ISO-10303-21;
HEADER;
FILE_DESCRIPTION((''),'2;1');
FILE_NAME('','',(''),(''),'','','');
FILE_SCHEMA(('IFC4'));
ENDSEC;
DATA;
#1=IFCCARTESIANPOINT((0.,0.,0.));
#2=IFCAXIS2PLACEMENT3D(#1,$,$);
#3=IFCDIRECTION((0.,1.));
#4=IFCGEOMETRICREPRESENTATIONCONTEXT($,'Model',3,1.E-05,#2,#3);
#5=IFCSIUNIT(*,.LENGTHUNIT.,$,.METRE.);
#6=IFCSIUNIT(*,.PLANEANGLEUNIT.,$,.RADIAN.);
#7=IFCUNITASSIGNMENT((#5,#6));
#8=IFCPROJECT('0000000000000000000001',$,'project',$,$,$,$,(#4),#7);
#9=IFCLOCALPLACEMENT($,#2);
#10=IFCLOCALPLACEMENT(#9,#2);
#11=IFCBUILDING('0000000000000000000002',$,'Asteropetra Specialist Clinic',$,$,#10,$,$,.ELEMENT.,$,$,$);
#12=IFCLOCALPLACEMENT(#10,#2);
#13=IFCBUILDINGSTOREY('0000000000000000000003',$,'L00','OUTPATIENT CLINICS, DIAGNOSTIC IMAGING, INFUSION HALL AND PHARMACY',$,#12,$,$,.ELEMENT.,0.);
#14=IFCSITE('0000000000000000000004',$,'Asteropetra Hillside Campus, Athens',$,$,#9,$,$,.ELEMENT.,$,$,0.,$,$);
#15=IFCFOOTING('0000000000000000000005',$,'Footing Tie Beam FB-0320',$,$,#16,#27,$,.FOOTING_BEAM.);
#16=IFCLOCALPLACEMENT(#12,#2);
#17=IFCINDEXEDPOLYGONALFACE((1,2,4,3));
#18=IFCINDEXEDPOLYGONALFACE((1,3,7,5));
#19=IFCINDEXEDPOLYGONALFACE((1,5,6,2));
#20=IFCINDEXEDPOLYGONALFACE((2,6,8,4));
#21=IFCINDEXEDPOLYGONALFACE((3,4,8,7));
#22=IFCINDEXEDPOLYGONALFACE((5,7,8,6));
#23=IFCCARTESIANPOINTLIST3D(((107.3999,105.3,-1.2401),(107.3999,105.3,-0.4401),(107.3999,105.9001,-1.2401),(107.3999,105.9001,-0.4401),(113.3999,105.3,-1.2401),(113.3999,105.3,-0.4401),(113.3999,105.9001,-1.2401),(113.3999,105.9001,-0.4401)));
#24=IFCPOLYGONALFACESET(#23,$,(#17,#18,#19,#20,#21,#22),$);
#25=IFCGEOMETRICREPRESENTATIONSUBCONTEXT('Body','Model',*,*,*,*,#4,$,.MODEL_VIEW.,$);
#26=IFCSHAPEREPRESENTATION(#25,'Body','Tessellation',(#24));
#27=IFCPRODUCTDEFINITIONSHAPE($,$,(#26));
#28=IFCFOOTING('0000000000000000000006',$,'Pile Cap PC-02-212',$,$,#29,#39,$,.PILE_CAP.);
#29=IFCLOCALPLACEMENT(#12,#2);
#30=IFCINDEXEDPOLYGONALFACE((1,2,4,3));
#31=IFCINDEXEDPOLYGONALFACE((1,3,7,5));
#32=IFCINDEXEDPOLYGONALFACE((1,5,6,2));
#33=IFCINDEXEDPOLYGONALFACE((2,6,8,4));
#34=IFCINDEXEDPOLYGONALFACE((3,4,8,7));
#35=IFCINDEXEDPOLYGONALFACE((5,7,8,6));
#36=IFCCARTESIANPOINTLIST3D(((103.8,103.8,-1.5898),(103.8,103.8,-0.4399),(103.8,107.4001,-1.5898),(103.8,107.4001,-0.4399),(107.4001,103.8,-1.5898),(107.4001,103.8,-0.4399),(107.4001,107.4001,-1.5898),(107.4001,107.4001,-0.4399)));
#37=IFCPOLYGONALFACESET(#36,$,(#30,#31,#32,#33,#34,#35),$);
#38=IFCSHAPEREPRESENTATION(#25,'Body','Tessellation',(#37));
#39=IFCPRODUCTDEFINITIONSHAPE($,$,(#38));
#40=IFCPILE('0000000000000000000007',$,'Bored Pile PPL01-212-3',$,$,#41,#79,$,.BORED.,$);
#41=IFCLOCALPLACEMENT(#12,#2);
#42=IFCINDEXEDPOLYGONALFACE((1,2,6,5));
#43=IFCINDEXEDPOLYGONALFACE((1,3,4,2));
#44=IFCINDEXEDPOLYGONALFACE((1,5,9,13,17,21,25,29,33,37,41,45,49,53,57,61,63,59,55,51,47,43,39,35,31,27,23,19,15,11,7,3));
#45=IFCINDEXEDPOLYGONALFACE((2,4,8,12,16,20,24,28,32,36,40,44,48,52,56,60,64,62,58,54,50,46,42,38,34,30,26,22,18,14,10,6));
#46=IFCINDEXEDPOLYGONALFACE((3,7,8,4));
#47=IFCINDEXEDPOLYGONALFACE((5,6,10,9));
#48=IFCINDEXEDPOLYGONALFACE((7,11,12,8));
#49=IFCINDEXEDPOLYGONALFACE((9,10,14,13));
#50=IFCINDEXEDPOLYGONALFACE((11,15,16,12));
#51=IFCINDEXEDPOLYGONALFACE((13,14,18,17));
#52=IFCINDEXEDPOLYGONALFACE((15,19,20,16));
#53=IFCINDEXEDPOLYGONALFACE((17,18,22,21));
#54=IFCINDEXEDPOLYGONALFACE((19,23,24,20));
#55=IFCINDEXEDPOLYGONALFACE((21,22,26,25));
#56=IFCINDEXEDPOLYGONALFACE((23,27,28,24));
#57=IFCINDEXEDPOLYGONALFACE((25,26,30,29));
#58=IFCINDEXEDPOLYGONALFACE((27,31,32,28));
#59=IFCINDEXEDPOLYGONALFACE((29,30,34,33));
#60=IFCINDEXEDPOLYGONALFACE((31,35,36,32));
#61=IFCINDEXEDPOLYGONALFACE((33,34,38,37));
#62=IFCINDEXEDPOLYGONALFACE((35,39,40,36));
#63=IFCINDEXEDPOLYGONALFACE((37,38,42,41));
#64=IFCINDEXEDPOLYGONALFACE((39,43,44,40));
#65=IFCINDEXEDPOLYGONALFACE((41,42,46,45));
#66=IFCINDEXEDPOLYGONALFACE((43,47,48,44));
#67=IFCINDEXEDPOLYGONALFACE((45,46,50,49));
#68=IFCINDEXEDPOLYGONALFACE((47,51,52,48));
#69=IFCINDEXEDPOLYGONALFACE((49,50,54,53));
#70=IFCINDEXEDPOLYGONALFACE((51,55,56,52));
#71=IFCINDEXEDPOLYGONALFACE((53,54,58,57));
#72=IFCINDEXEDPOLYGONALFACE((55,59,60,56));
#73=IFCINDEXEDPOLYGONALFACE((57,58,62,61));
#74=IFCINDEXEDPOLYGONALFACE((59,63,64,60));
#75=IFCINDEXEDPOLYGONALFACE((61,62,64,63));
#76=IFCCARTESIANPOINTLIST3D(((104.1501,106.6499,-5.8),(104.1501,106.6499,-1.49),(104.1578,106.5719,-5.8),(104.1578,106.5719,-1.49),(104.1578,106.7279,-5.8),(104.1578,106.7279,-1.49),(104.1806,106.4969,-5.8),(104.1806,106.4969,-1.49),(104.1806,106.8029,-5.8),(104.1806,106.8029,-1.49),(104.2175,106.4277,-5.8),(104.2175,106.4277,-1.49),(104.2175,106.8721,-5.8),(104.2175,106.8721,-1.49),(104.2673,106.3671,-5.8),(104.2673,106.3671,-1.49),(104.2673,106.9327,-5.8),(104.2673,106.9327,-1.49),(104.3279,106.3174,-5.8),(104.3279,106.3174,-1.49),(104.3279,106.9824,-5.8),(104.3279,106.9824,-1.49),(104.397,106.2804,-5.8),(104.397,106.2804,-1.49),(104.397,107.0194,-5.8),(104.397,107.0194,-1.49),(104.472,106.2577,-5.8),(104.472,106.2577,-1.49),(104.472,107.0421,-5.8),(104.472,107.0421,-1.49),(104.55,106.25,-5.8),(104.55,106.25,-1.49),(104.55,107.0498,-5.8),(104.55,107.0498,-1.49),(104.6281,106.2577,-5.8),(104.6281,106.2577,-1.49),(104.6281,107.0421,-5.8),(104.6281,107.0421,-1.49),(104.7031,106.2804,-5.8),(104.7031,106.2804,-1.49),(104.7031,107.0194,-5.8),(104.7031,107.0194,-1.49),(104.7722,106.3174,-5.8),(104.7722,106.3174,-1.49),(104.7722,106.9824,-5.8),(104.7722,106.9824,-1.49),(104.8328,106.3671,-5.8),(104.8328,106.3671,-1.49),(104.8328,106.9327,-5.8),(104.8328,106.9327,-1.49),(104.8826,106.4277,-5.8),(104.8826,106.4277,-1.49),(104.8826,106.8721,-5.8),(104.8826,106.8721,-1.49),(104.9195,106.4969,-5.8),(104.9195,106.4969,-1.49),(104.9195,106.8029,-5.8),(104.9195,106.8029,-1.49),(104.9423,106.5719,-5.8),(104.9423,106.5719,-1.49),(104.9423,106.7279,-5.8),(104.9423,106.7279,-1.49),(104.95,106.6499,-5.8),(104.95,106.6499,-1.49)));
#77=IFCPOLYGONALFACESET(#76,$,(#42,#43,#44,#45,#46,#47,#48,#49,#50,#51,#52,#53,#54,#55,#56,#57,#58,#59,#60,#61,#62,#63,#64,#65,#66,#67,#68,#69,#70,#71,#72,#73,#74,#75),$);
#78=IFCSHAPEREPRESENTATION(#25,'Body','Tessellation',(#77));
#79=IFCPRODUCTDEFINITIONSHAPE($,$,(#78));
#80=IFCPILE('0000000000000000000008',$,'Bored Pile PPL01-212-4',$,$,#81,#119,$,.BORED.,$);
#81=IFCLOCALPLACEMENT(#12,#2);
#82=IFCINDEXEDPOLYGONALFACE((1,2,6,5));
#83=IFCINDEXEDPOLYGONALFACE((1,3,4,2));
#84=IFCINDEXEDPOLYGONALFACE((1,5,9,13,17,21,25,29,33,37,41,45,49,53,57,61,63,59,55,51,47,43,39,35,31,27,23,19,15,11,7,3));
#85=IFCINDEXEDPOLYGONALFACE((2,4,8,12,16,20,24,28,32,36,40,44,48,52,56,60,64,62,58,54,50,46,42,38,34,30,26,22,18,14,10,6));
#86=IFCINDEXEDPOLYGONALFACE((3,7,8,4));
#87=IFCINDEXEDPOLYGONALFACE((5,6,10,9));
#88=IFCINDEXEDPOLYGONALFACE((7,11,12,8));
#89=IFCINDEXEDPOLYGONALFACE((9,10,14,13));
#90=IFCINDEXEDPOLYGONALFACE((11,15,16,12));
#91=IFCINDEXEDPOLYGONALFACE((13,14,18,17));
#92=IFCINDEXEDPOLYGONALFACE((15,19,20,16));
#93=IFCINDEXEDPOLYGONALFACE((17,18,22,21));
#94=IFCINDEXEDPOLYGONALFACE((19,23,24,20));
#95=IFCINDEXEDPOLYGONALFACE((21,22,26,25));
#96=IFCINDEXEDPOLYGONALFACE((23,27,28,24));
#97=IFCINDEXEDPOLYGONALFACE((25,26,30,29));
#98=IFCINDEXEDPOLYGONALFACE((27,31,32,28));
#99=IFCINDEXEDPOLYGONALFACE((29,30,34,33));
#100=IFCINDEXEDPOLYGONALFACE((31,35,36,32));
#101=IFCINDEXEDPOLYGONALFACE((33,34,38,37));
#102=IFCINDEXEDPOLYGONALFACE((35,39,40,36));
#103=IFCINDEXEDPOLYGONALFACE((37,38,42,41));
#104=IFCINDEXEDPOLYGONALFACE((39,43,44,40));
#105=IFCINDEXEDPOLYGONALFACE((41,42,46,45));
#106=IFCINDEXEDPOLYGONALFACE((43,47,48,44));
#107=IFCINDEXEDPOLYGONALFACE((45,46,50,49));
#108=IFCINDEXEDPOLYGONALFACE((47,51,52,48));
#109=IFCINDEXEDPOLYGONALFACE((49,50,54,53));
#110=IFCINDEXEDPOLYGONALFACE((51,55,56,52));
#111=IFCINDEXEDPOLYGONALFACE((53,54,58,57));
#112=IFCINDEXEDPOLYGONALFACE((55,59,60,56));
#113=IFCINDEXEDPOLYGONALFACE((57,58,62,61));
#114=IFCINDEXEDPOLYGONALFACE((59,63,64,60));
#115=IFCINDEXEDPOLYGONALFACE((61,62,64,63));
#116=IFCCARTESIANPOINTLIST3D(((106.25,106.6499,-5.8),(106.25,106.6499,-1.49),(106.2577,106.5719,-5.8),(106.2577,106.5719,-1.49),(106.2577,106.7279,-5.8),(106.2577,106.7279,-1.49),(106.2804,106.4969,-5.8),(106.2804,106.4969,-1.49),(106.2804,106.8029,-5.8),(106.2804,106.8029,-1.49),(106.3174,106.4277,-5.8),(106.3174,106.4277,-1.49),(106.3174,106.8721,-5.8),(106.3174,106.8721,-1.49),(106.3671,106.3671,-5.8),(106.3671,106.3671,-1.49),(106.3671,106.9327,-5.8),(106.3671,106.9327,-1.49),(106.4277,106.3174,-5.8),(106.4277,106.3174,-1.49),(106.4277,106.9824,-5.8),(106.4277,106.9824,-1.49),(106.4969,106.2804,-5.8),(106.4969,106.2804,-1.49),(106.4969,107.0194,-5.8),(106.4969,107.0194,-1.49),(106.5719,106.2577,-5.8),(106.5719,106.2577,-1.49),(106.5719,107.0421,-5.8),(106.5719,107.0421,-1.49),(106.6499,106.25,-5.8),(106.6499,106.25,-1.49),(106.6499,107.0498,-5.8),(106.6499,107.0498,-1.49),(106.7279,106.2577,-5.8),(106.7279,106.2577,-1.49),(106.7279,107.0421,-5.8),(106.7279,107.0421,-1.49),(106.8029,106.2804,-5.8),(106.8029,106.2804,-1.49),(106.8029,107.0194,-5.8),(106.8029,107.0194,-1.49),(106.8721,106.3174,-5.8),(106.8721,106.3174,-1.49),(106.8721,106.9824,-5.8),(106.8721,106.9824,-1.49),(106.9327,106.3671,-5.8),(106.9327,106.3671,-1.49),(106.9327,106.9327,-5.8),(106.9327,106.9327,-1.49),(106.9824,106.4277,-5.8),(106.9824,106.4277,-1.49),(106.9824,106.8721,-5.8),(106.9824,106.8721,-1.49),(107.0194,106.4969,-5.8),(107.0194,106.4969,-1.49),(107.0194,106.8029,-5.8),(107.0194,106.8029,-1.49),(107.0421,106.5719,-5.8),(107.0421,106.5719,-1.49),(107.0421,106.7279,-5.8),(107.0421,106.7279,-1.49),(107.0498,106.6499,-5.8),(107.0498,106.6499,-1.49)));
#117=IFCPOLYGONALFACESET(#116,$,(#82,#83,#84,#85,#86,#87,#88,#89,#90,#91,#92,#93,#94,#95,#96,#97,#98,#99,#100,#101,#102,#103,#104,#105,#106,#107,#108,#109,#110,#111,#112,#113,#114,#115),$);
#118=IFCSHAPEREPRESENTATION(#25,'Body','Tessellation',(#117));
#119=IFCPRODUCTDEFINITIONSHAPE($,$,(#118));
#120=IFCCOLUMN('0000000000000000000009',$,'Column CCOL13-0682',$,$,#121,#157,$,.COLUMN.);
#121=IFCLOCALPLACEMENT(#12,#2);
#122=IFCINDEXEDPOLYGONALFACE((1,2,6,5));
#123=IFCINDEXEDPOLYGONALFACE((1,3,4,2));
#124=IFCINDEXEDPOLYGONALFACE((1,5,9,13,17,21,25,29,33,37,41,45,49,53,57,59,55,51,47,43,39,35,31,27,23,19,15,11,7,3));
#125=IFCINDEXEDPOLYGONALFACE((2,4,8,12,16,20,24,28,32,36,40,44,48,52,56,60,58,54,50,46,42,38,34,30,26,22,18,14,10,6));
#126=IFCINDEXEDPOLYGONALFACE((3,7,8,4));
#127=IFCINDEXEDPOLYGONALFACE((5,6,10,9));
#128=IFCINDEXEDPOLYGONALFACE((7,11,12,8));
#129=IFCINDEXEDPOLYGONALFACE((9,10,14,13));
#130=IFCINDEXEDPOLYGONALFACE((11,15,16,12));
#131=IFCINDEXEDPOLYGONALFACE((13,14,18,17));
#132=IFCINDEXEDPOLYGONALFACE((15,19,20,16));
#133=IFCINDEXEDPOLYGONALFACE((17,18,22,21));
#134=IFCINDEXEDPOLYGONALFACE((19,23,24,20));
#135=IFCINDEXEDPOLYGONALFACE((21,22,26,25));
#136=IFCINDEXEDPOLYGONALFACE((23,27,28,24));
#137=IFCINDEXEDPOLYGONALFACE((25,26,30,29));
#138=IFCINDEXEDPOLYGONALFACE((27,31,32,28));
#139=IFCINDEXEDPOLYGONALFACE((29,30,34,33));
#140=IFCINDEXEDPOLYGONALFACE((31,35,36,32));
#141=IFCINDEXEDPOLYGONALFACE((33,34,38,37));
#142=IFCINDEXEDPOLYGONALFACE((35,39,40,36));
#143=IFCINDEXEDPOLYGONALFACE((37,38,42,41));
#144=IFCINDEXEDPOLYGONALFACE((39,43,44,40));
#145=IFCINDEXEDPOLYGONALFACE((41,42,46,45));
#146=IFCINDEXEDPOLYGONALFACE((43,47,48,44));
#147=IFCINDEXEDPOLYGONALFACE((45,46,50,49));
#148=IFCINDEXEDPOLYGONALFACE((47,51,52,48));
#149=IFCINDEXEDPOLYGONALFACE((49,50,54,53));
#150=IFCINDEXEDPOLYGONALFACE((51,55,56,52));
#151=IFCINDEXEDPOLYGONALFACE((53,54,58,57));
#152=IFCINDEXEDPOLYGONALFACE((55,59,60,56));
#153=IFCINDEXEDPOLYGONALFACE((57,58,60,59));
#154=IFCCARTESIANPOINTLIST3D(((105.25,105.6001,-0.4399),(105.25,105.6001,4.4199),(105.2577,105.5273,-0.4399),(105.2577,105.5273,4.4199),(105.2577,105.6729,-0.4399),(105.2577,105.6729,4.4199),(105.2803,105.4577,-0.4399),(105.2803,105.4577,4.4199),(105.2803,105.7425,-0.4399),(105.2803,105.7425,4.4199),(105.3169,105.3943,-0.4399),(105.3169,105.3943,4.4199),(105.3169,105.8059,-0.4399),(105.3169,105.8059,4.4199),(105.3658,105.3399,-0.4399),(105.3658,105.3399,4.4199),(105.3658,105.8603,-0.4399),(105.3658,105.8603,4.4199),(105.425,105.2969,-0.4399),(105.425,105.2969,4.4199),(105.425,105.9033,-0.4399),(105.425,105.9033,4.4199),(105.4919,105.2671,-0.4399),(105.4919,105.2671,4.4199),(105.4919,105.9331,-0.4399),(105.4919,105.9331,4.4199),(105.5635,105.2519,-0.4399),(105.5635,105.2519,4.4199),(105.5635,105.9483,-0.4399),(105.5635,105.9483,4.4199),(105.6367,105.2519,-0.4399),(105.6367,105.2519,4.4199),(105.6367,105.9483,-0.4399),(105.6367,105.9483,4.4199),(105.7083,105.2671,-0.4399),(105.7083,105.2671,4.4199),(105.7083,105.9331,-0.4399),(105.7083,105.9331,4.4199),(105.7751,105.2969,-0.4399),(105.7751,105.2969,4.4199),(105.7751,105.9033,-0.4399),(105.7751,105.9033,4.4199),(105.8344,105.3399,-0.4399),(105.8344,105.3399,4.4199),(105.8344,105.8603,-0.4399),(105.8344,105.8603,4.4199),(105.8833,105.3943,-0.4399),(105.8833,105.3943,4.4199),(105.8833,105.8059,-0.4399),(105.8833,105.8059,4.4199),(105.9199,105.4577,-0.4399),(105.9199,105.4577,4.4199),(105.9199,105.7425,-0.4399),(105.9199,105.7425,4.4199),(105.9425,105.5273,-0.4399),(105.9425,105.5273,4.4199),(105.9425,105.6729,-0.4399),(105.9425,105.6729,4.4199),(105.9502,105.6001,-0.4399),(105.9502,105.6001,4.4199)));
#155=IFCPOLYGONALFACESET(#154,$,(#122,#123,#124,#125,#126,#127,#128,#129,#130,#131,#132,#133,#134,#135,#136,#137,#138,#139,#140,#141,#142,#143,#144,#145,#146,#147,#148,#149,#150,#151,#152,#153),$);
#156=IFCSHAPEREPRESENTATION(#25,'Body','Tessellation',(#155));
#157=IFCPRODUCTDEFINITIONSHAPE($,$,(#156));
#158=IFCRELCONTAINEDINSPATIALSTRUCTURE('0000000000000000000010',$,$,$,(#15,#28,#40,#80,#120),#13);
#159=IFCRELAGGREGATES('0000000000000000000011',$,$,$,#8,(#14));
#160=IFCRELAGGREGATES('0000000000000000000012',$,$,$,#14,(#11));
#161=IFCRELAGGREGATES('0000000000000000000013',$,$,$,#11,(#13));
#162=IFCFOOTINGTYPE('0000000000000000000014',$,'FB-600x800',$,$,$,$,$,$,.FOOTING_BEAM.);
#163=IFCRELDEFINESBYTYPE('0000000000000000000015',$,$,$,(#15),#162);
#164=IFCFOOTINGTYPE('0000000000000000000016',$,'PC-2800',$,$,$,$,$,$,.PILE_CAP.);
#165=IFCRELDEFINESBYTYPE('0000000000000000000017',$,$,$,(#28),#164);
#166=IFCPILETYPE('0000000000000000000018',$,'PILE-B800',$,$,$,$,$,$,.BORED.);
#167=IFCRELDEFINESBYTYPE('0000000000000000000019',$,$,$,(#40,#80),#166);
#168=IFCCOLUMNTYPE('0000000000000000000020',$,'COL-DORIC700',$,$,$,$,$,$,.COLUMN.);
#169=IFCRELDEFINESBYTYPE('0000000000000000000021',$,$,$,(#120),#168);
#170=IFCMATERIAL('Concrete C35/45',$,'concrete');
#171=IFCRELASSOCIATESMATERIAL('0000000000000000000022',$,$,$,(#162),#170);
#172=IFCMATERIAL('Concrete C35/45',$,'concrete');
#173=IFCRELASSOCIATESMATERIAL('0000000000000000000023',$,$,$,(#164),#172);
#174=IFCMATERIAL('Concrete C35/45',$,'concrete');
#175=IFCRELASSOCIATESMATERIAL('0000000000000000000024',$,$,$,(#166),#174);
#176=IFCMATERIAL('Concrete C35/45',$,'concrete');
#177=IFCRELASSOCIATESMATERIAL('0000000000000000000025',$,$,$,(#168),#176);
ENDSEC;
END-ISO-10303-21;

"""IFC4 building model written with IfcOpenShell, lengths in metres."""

from ifc_helpers import new_model, si_unit, direction, frame, origin, origin_2d, place, context, subcontext, project, spatial, rectangle, circle, extrude, material, material_profile, profile_set, type_object, element, save


model = new_model("IFC4")

# Units and contexts
model_context = context("Model", 3, precision=1e-05, world=origin(), true_north=direction((0.0, 1.0)))
body_context = subcontext(model_context, "Body", "Model", "MODEL_VIEW")
ifc_project = project(units=[si_unit("LENGTHUNIT", "METRE"), si_unit("PLANEANGLEUNIT", "RADIAN")], contexts=[model_context])

# Site, building, storey
site_placement = place(None, origin())
site = spatial("IfcSite", under=ifc_project, at=site_placement, Name="Asteropetra Hillside Campus, Athens", CompositionType="ELEMENT", RefElevation=0.0)
building_placement = place(site_placement, origin())
building = spatial("IfcBuilding", under=site, at=building_placement, Name="Asteropetra Specialist Clinic", CompositionType="ELEMENT")
storey_placement = place(building_placement, origin())
storey = spatial("IfcBuildingStorey", under=building, at=storey_placement, Name="L00", Description="OUTPATIENT CLINICS, DIAGNOSTIC IMAGING, INFUSION HALL AND PHARMACY", CompositionType="ELEMENT", Elevation=0.0)

# Footings
ifc_material_1 = material(Name="Concrete C35/45", Category="concrete")
ifc_material_profile_1 = material_profile(ifc_material_1, rectangle(XDim=0.6001, YDim=0.8, at=origin_2d()), Name="FB 600x800")
ifc_profile_set_1 = profile_set([ifc_material_profile_1], Name="Concrete C35/45")
footing_type_1 = type_object("IfcFootingType", Name="FB-600x800", PredefinedType="FOOTING_BEAM", material=ifc_profile_set_1)
footing_1_placement = place(storey_placement, frame((107.3999, 105.6001, -0.8401), z_axis=(1.0, 0.0, 0.0), x_axis=(0.0, 1.0, 0.0)))
element("IfcFooting", 1, at=footing_1_placement, inside=storey, type_object=footing_type_1, Name="Footing Tie Beam FB-0320", PredefinedType="FOOTING_BEAM", context=body_context, shape_type="SweptSolid", body=[
    extrude(rectangle(XDim=0.6001, YDim=0.8, at=origin_2d()), origin(), (0.0, 0.0, 1.0), 6.0),
])
ifc_material_2 = material(Name="Concrete C35/45", Category="concrete")
footing_type_2 = type_object("IfcFootingType", Name="PC-2800", PredefinedType="PILE_CAP", material=ifc_material_2)
footing_2_placement = place(storey_placement, frame((105.6001, 105.6001, -1.5898), z_axis=(0.0, 0.0, 1.0), x_axis=(1.0, 0.0, 0.0)))
element("IfcFooting", 2, at=footing_2_placement, inside=storey, type_object=footing_type_2, Name="Pile Cap PC-02-212", PredefinedType="PILE_CAP", context=body_context, shape_type="SweptSolid", body=[
    extrude(rectangle(XDim=3.6001, YDim=3.6001, at=origin_2d()), origin(), (0.0, 0.0, 1.0), 1.1499),
])

# Piles
ifc_material_3 = material(Name="Concrete C35/45", Category="concrete")
ifc_material_profile_2 = material_profile(ifc_material_3, circle(Radius=0.3999, at=origin_2d()), Name="PILE D800")
ifc_profile_set_2 = profile_set([ifc_material_profile_2], Name="Concrete C35/45")
pile_type = type_object("IfcPileType", Name="PILE-B800", PredefinedType="BORED", material=ifc_profile_set_2)
for number, where, z_axis, x_axis, name in (
    (3, (104.55, 106.6499, -1.49), (0.0, 0.0, -1.0), (1.0, 0.0, 0.0), "Bored Pile PPL01-212-3"),
    (4, (106.6499, 106.6499, -1.49), (0.0, 0.0, -1.0), (1.0, 0.0, 0.0), "Bored Pile PPL01-212-4"),
):
    element("IfcPile", number, at=place(storey_placement, frame(where, z_axis=z_axis, x_axis=x_axis)), inside=storey, type_object=pile_type, Name=name, PredefinedType="BORED", context=body_context, shape_type="SweptSolid", body=[
        extrude(circle(Radius=0.3999, at=origin_2d()), origin(), (0.0, 0.0, 1.0), 4.3101),
    ])

# Column
ifc_material_4 = material(Name="Concrete C35/45", Category="concrete")
ifc_material_profile_3 = material_profile(ifc_material_4, circle(Radius=0.3501, at=origin_2d()), Name="RCC D700")
ifc_profile_set_3 = profile_set([ifc_material_profile_3], Name="Concrete C35/45")
column_type = type_object("IfcColumnType", Name="COL-DORIC700", PredefinedType="COLUMN", material=ifc_profile_set_3)
column_placement = place(storey_placement, frame((105.6001, 105.6001, -0.4399), z_axis=(0.0, 0.0, 1.0), x_axis=(1.0, 0.0, 0.0)))
element("IfcColumn", 5, at=column_placement, inside=storey, type_object=column_type, Name="Column CCOL13-0682", PredefinedType="COLUMN", context=body_context, shape_type="SweptSolid", body=[
    extrude(circle(Radius=0.3501, at=origin_2d()), origin(), (0.0, 0.0, 1.0), 4.8599),
])

save(model, "model.ifc")
